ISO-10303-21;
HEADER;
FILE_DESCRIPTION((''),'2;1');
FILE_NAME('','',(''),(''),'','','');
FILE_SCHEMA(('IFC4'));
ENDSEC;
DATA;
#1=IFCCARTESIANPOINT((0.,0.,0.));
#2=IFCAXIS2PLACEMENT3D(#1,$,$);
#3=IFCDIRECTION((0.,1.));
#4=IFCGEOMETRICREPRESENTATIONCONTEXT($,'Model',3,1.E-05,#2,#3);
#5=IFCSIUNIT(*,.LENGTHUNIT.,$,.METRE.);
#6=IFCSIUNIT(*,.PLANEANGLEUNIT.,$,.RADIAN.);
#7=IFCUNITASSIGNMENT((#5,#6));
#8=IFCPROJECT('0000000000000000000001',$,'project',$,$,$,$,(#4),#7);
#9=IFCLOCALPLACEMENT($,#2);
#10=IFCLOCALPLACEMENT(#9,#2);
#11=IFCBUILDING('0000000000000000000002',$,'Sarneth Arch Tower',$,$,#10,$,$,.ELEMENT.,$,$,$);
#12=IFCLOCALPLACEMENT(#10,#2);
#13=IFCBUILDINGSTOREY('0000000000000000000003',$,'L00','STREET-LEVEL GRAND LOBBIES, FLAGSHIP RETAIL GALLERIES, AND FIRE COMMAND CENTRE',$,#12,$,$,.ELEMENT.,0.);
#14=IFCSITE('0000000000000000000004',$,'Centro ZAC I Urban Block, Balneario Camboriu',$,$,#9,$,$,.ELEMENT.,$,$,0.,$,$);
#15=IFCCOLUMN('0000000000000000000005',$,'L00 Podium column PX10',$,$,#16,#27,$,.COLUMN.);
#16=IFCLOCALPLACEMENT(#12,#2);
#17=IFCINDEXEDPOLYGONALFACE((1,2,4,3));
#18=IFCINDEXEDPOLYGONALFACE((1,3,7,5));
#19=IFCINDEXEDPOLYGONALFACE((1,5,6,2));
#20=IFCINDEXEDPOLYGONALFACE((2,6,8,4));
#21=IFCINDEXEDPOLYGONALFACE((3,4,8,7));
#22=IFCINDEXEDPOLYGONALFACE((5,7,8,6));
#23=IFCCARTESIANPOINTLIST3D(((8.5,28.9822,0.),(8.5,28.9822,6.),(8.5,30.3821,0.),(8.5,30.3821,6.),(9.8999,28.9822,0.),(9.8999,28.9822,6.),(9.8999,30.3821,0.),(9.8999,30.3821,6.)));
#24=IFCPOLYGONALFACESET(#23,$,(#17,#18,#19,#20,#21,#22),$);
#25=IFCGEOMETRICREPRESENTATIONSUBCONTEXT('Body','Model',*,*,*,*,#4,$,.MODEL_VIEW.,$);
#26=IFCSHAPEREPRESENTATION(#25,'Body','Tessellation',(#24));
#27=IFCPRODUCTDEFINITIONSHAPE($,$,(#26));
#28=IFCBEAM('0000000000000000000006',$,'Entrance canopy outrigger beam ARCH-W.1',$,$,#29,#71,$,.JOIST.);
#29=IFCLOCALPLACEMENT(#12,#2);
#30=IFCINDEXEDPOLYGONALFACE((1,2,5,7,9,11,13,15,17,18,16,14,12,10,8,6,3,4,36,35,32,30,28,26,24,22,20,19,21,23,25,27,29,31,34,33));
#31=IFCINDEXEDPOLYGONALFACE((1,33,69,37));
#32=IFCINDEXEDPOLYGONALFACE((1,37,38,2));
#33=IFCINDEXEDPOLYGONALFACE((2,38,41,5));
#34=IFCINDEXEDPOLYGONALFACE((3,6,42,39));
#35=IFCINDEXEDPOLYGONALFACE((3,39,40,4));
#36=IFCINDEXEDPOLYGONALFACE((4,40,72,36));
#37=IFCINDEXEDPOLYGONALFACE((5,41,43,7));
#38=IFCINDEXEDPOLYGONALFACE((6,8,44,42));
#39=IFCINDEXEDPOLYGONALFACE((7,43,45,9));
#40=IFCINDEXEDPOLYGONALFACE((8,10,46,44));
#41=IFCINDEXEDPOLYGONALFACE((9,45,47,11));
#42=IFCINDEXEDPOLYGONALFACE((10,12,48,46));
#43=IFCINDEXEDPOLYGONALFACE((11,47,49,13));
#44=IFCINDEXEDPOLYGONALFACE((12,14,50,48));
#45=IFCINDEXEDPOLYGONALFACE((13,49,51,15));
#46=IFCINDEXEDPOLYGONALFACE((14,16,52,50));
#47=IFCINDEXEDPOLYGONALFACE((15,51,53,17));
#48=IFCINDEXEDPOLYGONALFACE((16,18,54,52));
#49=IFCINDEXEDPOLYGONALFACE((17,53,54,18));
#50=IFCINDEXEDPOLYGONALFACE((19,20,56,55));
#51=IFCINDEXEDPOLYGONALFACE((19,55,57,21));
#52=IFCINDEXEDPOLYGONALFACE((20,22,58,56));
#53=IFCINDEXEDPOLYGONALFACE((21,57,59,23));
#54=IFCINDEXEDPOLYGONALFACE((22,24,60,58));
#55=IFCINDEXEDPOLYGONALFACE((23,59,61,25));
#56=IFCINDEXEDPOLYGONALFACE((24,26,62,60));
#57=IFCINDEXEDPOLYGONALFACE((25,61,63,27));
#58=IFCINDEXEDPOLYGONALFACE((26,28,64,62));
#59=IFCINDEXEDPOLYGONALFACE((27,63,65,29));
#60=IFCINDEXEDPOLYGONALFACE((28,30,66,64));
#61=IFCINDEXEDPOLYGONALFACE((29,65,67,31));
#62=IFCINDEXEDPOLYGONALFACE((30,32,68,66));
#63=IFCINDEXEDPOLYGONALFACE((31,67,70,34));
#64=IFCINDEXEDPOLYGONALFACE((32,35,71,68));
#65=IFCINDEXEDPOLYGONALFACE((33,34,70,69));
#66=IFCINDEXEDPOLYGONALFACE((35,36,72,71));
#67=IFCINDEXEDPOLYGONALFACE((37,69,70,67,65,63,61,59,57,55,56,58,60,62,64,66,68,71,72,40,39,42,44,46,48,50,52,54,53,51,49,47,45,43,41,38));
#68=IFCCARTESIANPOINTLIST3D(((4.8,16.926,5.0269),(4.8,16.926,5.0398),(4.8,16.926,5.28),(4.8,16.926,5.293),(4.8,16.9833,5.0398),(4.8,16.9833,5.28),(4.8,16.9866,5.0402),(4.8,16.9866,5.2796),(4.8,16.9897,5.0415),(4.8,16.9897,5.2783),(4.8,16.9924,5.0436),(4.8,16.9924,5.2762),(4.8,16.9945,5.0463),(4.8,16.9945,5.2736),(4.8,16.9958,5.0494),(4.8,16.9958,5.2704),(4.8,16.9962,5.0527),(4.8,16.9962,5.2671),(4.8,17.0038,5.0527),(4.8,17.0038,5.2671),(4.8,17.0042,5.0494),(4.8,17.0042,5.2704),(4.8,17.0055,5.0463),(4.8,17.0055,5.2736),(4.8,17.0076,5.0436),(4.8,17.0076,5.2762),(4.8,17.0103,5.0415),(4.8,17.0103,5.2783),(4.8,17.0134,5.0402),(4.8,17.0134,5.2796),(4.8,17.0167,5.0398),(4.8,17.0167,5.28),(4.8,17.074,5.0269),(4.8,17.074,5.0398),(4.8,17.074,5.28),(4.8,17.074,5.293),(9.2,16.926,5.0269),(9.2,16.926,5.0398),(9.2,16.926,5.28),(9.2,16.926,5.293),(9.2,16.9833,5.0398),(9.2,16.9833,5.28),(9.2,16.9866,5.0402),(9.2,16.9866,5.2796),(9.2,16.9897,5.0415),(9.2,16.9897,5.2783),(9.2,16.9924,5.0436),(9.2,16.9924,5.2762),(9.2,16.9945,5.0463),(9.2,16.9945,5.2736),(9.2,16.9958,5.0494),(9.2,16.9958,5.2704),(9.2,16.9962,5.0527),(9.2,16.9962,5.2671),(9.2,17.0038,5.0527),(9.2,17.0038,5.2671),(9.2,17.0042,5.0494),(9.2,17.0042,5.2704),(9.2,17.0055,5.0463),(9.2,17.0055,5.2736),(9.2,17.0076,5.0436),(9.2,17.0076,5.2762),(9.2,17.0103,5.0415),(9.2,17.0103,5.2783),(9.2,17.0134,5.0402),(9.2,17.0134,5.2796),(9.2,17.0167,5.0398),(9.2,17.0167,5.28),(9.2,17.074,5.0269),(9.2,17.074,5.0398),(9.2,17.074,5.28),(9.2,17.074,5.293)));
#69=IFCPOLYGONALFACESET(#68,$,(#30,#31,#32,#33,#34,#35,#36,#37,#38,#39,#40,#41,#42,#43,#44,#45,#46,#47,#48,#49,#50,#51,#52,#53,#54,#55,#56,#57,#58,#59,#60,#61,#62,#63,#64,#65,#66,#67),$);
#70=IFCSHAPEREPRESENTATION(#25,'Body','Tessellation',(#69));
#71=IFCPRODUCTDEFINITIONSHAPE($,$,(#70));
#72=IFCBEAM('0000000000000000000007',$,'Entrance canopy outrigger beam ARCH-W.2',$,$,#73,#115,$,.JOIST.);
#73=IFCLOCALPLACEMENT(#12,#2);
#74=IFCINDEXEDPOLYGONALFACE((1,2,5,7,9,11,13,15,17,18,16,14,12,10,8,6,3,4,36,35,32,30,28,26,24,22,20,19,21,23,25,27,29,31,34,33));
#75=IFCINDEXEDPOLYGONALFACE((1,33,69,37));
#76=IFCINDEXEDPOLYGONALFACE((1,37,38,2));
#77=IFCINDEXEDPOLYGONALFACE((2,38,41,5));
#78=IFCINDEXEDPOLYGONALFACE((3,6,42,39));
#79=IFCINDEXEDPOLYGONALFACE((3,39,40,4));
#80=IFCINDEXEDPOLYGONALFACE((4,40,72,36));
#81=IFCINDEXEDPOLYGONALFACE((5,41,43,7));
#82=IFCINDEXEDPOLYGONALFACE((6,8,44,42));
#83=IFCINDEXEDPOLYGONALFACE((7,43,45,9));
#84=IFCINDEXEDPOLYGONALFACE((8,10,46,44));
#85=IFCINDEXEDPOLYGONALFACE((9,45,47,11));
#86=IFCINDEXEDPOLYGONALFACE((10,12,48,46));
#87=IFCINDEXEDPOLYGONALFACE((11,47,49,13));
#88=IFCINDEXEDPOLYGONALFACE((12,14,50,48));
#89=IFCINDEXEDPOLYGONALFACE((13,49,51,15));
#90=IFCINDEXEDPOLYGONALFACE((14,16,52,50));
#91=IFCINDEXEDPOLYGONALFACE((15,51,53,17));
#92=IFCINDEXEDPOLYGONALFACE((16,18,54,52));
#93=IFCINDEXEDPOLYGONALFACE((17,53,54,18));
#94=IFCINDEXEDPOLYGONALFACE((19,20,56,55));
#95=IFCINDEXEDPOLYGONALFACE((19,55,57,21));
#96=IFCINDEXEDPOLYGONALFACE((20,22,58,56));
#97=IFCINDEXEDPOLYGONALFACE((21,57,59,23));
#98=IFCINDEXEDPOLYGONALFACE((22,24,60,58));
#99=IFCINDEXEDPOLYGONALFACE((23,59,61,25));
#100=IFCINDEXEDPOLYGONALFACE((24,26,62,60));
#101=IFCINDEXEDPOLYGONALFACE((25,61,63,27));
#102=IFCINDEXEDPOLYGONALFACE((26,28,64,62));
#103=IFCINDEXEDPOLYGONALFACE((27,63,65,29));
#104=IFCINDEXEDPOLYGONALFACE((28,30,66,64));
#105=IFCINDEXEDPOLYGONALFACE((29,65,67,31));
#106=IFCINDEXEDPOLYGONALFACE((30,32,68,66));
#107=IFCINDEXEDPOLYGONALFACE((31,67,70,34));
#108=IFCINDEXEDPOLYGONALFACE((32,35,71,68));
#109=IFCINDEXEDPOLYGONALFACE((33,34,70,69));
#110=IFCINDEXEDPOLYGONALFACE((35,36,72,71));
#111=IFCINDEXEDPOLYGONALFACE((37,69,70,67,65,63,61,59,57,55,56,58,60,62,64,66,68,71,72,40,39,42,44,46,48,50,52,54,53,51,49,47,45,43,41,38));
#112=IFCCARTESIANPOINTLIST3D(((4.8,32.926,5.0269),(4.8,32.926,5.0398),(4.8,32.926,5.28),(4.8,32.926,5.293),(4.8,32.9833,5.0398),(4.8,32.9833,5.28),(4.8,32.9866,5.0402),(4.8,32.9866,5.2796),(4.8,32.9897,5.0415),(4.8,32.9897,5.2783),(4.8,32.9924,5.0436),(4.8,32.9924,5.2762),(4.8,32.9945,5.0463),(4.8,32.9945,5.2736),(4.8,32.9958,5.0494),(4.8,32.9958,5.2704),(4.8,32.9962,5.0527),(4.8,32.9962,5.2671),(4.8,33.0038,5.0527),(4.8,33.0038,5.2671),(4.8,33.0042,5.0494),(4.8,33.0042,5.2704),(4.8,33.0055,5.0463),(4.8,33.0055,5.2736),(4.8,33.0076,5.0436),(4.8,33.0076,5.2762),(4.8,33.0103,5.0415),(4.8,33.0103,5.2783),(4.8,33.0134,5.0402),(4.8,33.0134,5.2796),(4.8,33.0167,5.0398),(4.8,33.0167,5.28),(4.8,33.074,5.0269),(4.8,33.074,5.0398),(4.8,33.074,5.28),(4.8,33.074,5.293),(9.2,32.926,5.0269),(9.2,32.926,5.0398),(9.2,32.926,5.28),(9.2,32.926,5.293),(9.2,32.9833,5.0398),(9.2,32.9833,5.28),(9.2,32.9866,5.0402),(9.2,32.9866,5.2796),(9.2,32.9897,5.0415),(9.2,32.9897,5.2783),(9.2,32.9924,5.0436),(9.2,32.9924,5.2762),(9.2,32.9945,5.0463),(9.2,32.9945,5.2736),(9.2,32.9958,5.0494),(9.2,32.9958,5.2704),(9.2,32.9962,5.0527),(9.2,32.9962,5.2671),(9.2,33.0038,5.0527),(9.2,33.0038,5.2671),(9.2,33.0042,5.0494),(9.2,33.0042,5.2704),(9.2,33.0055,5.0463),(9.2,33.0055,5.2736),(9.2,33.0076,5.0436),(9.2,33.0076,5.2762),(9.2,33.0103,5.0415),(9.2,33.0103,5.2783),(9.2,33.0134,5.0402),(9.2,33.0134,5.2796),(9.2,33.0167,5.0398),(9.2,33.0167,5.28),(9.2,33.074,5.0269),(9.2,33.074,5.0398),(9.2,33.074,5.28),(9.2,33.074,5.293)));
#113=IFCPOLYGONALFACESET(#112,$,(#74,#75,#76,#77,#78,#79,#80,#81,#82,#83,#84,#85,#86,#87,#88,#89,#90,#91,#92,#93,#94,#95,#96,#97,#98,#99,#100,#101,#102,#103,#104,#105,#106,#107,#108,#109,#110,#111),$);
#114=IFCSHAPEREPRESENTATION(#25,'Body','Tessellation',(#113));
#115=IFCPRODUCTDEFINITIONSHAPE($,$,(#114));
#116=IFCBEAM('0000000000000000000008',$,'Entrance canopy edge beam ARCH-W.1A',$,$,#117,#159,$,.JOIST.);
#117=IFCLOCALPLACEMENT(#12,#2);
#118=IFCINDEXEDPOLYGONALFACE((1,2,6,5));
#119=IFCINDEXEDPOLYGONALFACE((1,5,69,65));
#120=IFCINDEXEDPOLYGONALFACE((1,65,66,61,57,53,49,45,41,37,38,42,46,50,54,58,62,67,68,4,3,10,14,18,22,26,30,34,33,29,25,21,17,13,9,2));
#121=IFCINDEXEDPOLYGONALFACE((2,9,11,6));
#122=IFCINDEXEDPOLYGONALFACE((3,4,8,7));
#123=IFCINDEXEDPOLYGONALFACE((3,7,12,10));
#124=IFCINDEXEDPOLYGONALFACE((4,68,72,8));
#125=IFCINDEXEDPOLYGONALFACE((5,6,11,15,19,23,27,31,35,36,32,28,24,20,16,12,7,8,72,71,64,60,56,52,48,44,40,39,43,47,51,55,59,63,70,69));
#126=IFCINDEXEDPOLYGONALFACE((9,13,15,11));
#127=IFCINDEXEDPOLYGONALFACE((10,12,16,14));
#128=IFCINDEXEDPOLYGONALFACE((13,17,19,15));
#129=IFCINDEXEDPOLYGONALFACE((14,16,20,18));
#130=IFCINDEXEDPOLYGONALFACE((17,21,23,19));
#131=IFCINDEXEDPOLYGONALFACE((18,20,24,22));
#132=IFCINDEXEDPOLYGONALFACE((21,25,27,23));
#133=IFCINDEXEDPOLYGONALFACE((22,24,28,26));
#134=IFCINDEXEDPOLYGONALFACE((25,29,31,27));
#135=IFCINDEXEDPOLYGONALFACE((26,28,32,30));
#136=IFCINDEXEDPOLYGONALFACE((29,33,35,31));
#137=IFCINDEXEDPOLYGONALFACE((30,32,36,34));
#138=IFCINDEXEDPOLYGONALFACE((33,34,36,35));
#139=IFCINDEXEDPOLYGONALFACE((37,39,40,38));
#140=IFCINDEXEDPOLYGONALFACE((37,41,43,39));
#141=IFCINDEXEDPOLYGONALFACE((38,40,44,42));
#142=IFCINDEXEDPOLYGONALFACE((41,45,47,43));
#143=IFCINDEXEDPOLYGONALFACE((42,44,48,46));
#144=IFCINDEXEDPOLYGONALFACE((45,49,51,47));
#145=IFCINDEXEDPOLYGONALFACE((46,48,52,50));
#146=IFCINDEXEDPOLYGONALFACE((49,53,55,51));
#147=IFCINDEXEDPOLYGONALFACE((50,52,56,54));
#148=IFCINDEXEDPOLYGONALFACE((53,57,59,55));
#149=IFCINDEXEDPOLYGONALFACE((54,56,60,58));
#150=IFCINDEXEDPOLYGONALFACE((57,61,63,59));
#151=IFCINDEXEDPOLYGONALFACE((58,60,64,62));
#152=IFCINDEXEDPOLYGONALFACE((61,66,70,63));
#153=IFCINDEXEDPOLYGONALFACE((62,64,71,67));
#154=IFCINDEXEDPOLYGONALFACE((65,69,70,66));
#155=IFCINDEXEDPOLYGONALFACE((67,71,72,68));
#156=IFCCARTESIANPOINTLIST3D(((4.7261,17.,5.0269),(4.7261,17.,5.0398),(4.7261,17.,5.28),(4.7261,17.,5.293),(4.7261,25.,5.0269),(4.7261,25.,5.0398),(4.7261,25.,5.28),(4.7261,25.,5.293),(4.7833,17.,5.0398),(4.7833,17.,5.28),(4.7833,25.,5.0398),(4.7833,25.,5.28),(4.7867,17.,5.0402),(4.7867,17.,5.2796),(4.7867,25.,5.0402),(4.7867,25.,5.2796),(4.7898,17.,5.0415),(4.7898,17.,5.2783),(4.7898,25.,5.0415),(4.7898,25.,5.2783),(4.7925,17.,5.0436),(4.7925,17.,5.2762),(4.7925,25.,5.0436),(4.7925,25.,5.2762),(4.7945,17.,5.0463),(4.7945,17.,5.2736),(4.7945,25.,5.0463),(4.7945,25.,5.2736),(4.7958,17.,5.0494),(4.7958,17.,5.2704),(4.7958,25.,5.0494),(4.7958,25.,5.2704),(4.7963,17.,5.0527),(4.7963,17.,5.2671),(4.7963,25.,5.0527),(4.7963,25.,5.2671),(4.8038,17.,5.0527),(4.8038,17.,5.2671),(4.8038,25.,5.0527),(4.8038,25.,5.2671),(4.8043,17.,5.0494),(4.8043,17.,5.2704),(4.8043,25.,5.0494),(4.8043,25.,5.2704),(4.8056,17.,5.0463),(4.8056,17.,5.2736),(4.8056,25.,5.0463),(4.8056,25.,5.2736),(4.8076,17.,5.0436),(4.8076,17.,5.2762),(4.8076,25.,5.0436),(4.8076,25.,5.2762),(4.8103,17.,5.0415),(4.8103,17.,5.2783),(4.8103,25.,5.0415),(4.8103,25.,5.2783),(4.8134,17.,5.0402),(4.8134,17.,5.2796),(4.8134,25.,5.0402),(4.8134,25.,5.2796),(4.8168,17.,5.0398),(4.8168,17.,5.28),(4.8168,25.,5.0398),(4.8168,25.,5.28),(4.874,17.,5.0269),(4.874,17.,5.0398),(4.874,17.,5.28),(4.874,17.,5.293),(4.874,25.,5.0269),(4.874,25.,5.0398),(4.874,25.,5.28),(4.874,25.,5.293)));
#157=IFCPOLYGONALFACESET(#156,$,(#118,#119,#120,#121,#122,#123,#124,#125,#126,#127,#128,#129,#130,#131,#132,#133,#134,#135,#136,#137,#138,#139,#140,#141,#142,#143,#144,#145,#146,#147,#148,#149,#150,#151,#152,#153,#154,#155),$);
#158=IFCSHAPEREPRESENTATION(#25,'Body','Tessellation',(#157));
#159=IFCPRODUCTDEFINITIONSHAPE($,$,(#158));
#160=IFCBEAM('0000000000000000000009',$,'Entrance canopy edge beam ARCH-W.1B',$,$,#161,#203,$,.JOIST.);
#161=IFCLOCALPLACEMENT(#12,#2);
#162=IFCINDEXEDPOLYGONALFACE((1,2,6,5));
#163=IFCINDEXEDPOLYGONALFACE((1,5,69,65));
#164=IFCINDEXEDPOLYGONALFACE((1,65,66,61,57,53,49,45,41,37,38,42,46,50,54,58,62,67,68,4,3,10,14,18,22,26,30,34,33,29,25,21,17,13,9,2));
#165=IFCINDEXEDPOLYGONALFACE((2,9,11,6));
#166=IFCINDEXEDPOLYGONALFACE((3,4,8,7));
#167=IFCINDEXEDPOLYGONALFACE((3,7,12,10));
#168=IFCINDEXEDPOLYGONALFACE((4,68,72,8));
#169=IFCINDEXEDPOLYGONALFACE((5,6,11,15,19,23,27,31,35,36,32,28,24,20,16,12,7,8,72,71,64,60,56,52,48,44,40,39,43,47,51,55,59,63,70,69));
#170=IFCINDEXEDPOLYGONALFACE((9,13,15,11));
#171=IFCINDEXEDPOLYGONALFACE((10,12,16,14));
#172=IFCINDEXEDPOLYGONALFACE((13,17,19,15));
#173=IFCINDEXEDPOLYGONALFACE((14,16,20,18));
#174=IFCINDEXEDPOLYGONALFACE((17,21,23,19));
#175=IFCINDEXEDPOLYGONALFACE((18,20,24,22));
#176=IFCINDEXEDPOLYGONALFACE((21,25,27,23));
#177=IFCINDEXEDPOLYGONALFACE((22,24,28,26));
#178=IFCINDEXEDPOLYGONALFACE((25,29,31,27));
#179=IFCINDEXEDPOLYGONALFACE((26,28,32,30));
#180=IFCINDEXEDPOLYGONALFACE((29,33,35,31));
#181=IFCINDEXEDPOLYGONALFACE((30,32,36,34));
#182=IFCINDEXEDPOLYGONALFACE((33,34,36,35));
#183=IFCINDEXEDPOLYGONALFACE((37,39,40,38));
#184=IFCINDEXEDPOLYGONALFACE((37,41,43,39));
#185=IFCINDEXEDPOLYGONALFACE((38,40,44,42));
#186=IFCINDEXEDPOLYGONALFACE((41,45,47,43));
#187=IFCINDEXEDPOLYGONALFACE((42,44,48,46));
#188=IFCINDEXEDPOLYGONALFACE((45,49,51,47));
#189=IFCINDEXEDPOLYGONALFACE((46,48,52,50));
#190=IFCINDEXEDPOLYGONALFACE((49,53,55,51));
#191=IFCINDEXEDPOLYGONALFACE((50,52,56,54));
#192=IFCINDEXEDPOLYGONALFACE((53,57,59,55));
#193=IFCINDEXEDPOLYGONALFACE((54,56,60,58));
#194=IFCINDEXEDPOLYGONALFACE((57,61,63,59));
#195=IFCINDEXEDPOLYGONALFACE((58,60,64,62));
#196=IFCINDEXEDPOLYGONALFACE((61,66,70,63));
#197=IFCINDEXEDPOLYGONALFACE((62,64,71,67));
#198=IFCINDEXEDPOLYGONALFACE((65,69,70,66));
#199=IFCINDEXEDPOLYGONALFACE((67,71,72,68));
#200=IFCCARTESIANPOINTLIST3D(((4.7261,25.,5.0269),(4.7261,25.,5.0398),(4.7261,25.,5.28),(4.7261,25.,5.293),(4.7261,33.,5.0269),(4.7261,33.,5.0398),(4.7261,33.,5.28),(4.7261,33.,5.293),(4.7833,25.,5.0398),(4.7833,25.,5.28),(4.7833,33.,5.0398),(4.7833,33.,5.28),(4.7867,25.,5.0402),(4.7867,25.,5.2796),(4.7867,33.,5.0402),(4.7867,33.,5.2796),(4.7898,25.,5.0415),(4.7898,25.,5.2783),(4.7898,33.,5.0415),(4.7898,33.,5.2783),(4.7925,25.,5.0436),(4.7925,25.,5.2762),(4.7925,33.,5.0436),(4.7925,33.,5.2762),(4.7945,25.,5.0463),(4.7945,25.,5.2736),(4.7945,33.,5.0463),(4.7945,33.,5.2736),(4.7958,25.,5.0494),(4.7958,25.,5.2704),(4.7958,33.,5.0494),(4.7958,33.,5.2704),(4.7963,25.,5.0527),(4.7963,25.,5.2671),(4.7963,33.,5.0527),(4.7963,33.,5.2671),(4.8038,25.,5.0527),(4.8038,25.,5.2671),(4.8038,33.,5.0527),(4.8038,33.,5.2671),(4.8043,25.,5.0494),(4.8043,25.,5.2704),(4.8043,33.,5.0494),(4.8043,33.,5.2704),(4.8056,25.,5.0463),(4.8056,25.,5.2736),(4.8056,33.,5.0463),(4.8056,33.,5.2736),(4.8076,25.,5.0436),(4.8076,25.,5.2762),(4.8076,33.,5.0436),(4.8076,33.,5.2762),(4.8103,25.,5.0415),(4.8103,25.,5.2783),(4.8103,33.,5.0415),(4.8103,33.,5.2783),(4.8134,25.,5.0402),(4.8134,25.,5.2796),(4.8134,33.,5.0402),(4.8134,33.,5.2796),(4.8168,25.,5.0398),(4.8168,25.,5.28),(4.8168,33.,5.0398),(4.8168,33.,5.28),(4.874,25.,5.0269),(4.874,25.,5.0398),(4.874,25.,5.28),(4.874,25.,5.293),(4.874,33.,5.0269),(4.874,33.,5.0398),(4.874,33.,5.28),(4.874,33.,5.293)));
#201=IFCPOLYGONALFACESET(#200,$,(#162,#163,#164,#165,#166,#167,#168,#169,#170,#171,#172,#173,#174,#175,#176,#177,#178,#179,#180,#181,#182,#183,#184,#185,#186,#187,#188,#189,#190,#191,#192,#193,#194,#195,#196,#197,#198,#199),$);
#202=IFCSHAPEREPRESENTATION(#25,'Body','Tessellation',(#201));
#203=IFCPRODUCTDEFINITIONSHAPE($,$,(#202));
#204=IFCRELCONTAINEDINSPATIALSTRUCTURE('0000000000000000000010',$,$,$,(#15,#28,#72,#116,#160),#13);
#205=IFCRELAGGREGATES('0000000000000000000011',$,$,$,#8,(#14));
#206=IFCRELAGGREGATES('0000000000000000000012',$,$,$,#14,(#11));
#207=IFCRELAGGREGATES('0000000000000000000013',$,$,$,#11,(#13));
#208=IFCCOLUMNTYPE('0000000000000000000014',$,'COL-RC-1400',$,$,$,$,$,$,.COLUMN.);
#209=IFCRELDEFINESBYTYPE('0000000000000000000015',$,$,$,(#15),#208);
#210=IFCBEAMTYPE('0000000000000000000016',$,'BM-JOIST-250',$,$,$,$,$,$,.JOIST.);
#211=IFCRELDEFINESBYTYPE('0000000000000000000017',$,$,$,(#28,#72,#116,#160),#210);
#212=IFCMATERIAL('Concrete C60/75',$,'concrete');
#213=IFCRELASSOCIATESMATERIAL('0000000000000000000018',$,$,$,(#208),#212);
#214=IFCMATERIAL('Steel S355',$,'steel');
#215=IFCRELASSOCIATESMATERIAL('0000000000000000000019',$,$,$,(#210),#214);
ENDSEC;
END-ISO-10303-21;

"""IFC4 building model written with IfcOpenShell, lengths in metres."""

from ifc_helpers import new_model, si_unit, direction, frame, origin, origin_2d, place, context, subcontext, project, spatial, rectangle, i_section, extrude, material, material_profile, profile_set, type_object, element, save


model = new_model("IFC4")

# Units and contexts
model_context = context("Model", 3, precision=1e-05, world=origin(), true_north=direction((0.0, 1.0)))
body_context = subcontext(model_context, "Body", "Model", "MODEL_VIEW")
ifc_project = project(units=[si_unit("LENGTHUNIT", "METRE"), si_unit("PLANEANGLEUNIT", "RADIAN")], contexts=[model_context])

# Site, building, storey
site_placement = place(None, origin())
site = spatial("IfcSite", under=ifc_project, at=site_placement, Name="Centro ZAC I Urban Block, Balneario Camboriu", CompositionType="ELEMENT", RefElevation=0.0)
building_placement = place(site_placement, origin())
building = spatial("IfcBuilding", under=site, at=building_placement, Name="Sarneth Arch Tower", CompositionType="ELEMENT")
storey_placement = place(building_placement, origin())
storey = spatial("IfcBuildingStorey", under=building, at=storey_placement, Name="L00", Description="STREET-LEVEL GRAND LOBBIES, FLAGSHIP RETAIL GALLERIES, AND FIRE COMMAND CENTRE", CompositionType="ELEMENT", Elevation=0.0)

# Column
ifc_material_1 = material(Name="Concrete C60/75", Category="concrete")
ifc_material_profile_1 = material_profile(ifc_material_1, rectangle(XDim=1.3999, YDim=1.3999, at=origin_2d()), Name="RC-1400x1400")
ifc_profile_set_1 = profile_set([ifc_material_profile_1], Name="Concrete C60/75")
column_type_1 = type_object("IfcColumnType", Name="COL-RC-1400", PredefinedType="COLUMN", material=ifc_profile_set_1)
column_placement = place(storey_placement, frame((9.2, 29.6821, 0.0), z_axis=(0.0, 0.0, 1.0), x_axis=(1.0, 0.0, 0.0)))
element("IfcColumn", 1, at=column_placement, inside=storey, type_object=column_type_1, Name="L00 Podium column PX10", PredefinedType="COLUMN", context=body_context, shape_type="SweptSolid", body=[
    extrude(rectangle(XDim=1.3999, YDim=1.3999, at=origin_2d()), origin(), (0.0, 0.0, 1.0), 6.0),
])

# Beams
ifc_material_2 = material(Name="Steel S355", Category="steel")
ifc_material_profile_2 = material_profile(ifc_material_2, i_section(OverallWidth=0.1479, OverallDepth=0.2661, WebThickness=0.0076, FlangeThickness=0.0129, FilletRadius=0.0129, at=origin_2d()), Name="W250x44.8")
ifc_profile_set_2 = profile_set([ifc_material_profile_2], Name="Steel S355")
beam_type_1 = type_object("IfcBeamType", Name="BM-JOIST-250", PredefinedType="JOIST", material=ifc_profile_set_2)
for number, where, z_axis, x_axis, name in (
    (2, (9.2, 17.0, 5.1599), (-1.0, 0.0, 0.0), (0.0, -1.0, 0.0), "Entrance canopy outrigger beam ARCH-W.1"),
    (3, (9.2, 33.0, 5.1599), (-1.0, 0.0, 0.0), (0.0, -1.0, 0.0), "Entrance canopy outrigger beam ARCH-W.2"),
):
    element("IfcBeam", number, at=place(storey_placement, frame(where, z_axis=z_axis, x_axis=x_axis)), inside=storey, type_object=beam_type_1, Name=name, PredefinedType="JOIST", context=body_context, shape_type="SweptSolid", body=[
        extrude(i_section(OverallWidth=0.1479, OverallDepth=0.2661, WebThickness=0.0076, FlangeThickness=0.0129, FilletRadius=0.0129, at=origin_2d()), origin(), (0.0, 0.0, 1.0), 4.3999),
    ])
for number, where, z_axis, x_axis, name in (
    (4, (4.8, 17.0, 5.1599), (0.0, 1.0, 0.0), (-1.0, 0.0, 0.0), "Entrance canopy edge beam ARCH-W.1A"),
    (5, (4.8, 25.0, 5.1599), (0.0, 1.0, 0.0), (-1.0, 0.0, 0.0), "Entrance canopy edge beam ARCH-W.1B"),
):
    element("IfcBeam", number, at=place(storey_placement, frame(where, z_axis=z_axis, x_axis=x_axis)), inside=storey, type_object=beam_type_1, Name=name, PredefinedType="JOIST", context=body_context, shape_type="SweptSolid", body=[
        extrude(i_section(OverallWidth=0.1479, OverallDepth=0.2661, WebThickness=0.0076, FlangeThickness=0.0129, FilletRadius=0.0129, at=origin_2d()), origin(), (0.0, 0.0, 1.0), 8.0),
    ])

save(model, "model.ifc")
